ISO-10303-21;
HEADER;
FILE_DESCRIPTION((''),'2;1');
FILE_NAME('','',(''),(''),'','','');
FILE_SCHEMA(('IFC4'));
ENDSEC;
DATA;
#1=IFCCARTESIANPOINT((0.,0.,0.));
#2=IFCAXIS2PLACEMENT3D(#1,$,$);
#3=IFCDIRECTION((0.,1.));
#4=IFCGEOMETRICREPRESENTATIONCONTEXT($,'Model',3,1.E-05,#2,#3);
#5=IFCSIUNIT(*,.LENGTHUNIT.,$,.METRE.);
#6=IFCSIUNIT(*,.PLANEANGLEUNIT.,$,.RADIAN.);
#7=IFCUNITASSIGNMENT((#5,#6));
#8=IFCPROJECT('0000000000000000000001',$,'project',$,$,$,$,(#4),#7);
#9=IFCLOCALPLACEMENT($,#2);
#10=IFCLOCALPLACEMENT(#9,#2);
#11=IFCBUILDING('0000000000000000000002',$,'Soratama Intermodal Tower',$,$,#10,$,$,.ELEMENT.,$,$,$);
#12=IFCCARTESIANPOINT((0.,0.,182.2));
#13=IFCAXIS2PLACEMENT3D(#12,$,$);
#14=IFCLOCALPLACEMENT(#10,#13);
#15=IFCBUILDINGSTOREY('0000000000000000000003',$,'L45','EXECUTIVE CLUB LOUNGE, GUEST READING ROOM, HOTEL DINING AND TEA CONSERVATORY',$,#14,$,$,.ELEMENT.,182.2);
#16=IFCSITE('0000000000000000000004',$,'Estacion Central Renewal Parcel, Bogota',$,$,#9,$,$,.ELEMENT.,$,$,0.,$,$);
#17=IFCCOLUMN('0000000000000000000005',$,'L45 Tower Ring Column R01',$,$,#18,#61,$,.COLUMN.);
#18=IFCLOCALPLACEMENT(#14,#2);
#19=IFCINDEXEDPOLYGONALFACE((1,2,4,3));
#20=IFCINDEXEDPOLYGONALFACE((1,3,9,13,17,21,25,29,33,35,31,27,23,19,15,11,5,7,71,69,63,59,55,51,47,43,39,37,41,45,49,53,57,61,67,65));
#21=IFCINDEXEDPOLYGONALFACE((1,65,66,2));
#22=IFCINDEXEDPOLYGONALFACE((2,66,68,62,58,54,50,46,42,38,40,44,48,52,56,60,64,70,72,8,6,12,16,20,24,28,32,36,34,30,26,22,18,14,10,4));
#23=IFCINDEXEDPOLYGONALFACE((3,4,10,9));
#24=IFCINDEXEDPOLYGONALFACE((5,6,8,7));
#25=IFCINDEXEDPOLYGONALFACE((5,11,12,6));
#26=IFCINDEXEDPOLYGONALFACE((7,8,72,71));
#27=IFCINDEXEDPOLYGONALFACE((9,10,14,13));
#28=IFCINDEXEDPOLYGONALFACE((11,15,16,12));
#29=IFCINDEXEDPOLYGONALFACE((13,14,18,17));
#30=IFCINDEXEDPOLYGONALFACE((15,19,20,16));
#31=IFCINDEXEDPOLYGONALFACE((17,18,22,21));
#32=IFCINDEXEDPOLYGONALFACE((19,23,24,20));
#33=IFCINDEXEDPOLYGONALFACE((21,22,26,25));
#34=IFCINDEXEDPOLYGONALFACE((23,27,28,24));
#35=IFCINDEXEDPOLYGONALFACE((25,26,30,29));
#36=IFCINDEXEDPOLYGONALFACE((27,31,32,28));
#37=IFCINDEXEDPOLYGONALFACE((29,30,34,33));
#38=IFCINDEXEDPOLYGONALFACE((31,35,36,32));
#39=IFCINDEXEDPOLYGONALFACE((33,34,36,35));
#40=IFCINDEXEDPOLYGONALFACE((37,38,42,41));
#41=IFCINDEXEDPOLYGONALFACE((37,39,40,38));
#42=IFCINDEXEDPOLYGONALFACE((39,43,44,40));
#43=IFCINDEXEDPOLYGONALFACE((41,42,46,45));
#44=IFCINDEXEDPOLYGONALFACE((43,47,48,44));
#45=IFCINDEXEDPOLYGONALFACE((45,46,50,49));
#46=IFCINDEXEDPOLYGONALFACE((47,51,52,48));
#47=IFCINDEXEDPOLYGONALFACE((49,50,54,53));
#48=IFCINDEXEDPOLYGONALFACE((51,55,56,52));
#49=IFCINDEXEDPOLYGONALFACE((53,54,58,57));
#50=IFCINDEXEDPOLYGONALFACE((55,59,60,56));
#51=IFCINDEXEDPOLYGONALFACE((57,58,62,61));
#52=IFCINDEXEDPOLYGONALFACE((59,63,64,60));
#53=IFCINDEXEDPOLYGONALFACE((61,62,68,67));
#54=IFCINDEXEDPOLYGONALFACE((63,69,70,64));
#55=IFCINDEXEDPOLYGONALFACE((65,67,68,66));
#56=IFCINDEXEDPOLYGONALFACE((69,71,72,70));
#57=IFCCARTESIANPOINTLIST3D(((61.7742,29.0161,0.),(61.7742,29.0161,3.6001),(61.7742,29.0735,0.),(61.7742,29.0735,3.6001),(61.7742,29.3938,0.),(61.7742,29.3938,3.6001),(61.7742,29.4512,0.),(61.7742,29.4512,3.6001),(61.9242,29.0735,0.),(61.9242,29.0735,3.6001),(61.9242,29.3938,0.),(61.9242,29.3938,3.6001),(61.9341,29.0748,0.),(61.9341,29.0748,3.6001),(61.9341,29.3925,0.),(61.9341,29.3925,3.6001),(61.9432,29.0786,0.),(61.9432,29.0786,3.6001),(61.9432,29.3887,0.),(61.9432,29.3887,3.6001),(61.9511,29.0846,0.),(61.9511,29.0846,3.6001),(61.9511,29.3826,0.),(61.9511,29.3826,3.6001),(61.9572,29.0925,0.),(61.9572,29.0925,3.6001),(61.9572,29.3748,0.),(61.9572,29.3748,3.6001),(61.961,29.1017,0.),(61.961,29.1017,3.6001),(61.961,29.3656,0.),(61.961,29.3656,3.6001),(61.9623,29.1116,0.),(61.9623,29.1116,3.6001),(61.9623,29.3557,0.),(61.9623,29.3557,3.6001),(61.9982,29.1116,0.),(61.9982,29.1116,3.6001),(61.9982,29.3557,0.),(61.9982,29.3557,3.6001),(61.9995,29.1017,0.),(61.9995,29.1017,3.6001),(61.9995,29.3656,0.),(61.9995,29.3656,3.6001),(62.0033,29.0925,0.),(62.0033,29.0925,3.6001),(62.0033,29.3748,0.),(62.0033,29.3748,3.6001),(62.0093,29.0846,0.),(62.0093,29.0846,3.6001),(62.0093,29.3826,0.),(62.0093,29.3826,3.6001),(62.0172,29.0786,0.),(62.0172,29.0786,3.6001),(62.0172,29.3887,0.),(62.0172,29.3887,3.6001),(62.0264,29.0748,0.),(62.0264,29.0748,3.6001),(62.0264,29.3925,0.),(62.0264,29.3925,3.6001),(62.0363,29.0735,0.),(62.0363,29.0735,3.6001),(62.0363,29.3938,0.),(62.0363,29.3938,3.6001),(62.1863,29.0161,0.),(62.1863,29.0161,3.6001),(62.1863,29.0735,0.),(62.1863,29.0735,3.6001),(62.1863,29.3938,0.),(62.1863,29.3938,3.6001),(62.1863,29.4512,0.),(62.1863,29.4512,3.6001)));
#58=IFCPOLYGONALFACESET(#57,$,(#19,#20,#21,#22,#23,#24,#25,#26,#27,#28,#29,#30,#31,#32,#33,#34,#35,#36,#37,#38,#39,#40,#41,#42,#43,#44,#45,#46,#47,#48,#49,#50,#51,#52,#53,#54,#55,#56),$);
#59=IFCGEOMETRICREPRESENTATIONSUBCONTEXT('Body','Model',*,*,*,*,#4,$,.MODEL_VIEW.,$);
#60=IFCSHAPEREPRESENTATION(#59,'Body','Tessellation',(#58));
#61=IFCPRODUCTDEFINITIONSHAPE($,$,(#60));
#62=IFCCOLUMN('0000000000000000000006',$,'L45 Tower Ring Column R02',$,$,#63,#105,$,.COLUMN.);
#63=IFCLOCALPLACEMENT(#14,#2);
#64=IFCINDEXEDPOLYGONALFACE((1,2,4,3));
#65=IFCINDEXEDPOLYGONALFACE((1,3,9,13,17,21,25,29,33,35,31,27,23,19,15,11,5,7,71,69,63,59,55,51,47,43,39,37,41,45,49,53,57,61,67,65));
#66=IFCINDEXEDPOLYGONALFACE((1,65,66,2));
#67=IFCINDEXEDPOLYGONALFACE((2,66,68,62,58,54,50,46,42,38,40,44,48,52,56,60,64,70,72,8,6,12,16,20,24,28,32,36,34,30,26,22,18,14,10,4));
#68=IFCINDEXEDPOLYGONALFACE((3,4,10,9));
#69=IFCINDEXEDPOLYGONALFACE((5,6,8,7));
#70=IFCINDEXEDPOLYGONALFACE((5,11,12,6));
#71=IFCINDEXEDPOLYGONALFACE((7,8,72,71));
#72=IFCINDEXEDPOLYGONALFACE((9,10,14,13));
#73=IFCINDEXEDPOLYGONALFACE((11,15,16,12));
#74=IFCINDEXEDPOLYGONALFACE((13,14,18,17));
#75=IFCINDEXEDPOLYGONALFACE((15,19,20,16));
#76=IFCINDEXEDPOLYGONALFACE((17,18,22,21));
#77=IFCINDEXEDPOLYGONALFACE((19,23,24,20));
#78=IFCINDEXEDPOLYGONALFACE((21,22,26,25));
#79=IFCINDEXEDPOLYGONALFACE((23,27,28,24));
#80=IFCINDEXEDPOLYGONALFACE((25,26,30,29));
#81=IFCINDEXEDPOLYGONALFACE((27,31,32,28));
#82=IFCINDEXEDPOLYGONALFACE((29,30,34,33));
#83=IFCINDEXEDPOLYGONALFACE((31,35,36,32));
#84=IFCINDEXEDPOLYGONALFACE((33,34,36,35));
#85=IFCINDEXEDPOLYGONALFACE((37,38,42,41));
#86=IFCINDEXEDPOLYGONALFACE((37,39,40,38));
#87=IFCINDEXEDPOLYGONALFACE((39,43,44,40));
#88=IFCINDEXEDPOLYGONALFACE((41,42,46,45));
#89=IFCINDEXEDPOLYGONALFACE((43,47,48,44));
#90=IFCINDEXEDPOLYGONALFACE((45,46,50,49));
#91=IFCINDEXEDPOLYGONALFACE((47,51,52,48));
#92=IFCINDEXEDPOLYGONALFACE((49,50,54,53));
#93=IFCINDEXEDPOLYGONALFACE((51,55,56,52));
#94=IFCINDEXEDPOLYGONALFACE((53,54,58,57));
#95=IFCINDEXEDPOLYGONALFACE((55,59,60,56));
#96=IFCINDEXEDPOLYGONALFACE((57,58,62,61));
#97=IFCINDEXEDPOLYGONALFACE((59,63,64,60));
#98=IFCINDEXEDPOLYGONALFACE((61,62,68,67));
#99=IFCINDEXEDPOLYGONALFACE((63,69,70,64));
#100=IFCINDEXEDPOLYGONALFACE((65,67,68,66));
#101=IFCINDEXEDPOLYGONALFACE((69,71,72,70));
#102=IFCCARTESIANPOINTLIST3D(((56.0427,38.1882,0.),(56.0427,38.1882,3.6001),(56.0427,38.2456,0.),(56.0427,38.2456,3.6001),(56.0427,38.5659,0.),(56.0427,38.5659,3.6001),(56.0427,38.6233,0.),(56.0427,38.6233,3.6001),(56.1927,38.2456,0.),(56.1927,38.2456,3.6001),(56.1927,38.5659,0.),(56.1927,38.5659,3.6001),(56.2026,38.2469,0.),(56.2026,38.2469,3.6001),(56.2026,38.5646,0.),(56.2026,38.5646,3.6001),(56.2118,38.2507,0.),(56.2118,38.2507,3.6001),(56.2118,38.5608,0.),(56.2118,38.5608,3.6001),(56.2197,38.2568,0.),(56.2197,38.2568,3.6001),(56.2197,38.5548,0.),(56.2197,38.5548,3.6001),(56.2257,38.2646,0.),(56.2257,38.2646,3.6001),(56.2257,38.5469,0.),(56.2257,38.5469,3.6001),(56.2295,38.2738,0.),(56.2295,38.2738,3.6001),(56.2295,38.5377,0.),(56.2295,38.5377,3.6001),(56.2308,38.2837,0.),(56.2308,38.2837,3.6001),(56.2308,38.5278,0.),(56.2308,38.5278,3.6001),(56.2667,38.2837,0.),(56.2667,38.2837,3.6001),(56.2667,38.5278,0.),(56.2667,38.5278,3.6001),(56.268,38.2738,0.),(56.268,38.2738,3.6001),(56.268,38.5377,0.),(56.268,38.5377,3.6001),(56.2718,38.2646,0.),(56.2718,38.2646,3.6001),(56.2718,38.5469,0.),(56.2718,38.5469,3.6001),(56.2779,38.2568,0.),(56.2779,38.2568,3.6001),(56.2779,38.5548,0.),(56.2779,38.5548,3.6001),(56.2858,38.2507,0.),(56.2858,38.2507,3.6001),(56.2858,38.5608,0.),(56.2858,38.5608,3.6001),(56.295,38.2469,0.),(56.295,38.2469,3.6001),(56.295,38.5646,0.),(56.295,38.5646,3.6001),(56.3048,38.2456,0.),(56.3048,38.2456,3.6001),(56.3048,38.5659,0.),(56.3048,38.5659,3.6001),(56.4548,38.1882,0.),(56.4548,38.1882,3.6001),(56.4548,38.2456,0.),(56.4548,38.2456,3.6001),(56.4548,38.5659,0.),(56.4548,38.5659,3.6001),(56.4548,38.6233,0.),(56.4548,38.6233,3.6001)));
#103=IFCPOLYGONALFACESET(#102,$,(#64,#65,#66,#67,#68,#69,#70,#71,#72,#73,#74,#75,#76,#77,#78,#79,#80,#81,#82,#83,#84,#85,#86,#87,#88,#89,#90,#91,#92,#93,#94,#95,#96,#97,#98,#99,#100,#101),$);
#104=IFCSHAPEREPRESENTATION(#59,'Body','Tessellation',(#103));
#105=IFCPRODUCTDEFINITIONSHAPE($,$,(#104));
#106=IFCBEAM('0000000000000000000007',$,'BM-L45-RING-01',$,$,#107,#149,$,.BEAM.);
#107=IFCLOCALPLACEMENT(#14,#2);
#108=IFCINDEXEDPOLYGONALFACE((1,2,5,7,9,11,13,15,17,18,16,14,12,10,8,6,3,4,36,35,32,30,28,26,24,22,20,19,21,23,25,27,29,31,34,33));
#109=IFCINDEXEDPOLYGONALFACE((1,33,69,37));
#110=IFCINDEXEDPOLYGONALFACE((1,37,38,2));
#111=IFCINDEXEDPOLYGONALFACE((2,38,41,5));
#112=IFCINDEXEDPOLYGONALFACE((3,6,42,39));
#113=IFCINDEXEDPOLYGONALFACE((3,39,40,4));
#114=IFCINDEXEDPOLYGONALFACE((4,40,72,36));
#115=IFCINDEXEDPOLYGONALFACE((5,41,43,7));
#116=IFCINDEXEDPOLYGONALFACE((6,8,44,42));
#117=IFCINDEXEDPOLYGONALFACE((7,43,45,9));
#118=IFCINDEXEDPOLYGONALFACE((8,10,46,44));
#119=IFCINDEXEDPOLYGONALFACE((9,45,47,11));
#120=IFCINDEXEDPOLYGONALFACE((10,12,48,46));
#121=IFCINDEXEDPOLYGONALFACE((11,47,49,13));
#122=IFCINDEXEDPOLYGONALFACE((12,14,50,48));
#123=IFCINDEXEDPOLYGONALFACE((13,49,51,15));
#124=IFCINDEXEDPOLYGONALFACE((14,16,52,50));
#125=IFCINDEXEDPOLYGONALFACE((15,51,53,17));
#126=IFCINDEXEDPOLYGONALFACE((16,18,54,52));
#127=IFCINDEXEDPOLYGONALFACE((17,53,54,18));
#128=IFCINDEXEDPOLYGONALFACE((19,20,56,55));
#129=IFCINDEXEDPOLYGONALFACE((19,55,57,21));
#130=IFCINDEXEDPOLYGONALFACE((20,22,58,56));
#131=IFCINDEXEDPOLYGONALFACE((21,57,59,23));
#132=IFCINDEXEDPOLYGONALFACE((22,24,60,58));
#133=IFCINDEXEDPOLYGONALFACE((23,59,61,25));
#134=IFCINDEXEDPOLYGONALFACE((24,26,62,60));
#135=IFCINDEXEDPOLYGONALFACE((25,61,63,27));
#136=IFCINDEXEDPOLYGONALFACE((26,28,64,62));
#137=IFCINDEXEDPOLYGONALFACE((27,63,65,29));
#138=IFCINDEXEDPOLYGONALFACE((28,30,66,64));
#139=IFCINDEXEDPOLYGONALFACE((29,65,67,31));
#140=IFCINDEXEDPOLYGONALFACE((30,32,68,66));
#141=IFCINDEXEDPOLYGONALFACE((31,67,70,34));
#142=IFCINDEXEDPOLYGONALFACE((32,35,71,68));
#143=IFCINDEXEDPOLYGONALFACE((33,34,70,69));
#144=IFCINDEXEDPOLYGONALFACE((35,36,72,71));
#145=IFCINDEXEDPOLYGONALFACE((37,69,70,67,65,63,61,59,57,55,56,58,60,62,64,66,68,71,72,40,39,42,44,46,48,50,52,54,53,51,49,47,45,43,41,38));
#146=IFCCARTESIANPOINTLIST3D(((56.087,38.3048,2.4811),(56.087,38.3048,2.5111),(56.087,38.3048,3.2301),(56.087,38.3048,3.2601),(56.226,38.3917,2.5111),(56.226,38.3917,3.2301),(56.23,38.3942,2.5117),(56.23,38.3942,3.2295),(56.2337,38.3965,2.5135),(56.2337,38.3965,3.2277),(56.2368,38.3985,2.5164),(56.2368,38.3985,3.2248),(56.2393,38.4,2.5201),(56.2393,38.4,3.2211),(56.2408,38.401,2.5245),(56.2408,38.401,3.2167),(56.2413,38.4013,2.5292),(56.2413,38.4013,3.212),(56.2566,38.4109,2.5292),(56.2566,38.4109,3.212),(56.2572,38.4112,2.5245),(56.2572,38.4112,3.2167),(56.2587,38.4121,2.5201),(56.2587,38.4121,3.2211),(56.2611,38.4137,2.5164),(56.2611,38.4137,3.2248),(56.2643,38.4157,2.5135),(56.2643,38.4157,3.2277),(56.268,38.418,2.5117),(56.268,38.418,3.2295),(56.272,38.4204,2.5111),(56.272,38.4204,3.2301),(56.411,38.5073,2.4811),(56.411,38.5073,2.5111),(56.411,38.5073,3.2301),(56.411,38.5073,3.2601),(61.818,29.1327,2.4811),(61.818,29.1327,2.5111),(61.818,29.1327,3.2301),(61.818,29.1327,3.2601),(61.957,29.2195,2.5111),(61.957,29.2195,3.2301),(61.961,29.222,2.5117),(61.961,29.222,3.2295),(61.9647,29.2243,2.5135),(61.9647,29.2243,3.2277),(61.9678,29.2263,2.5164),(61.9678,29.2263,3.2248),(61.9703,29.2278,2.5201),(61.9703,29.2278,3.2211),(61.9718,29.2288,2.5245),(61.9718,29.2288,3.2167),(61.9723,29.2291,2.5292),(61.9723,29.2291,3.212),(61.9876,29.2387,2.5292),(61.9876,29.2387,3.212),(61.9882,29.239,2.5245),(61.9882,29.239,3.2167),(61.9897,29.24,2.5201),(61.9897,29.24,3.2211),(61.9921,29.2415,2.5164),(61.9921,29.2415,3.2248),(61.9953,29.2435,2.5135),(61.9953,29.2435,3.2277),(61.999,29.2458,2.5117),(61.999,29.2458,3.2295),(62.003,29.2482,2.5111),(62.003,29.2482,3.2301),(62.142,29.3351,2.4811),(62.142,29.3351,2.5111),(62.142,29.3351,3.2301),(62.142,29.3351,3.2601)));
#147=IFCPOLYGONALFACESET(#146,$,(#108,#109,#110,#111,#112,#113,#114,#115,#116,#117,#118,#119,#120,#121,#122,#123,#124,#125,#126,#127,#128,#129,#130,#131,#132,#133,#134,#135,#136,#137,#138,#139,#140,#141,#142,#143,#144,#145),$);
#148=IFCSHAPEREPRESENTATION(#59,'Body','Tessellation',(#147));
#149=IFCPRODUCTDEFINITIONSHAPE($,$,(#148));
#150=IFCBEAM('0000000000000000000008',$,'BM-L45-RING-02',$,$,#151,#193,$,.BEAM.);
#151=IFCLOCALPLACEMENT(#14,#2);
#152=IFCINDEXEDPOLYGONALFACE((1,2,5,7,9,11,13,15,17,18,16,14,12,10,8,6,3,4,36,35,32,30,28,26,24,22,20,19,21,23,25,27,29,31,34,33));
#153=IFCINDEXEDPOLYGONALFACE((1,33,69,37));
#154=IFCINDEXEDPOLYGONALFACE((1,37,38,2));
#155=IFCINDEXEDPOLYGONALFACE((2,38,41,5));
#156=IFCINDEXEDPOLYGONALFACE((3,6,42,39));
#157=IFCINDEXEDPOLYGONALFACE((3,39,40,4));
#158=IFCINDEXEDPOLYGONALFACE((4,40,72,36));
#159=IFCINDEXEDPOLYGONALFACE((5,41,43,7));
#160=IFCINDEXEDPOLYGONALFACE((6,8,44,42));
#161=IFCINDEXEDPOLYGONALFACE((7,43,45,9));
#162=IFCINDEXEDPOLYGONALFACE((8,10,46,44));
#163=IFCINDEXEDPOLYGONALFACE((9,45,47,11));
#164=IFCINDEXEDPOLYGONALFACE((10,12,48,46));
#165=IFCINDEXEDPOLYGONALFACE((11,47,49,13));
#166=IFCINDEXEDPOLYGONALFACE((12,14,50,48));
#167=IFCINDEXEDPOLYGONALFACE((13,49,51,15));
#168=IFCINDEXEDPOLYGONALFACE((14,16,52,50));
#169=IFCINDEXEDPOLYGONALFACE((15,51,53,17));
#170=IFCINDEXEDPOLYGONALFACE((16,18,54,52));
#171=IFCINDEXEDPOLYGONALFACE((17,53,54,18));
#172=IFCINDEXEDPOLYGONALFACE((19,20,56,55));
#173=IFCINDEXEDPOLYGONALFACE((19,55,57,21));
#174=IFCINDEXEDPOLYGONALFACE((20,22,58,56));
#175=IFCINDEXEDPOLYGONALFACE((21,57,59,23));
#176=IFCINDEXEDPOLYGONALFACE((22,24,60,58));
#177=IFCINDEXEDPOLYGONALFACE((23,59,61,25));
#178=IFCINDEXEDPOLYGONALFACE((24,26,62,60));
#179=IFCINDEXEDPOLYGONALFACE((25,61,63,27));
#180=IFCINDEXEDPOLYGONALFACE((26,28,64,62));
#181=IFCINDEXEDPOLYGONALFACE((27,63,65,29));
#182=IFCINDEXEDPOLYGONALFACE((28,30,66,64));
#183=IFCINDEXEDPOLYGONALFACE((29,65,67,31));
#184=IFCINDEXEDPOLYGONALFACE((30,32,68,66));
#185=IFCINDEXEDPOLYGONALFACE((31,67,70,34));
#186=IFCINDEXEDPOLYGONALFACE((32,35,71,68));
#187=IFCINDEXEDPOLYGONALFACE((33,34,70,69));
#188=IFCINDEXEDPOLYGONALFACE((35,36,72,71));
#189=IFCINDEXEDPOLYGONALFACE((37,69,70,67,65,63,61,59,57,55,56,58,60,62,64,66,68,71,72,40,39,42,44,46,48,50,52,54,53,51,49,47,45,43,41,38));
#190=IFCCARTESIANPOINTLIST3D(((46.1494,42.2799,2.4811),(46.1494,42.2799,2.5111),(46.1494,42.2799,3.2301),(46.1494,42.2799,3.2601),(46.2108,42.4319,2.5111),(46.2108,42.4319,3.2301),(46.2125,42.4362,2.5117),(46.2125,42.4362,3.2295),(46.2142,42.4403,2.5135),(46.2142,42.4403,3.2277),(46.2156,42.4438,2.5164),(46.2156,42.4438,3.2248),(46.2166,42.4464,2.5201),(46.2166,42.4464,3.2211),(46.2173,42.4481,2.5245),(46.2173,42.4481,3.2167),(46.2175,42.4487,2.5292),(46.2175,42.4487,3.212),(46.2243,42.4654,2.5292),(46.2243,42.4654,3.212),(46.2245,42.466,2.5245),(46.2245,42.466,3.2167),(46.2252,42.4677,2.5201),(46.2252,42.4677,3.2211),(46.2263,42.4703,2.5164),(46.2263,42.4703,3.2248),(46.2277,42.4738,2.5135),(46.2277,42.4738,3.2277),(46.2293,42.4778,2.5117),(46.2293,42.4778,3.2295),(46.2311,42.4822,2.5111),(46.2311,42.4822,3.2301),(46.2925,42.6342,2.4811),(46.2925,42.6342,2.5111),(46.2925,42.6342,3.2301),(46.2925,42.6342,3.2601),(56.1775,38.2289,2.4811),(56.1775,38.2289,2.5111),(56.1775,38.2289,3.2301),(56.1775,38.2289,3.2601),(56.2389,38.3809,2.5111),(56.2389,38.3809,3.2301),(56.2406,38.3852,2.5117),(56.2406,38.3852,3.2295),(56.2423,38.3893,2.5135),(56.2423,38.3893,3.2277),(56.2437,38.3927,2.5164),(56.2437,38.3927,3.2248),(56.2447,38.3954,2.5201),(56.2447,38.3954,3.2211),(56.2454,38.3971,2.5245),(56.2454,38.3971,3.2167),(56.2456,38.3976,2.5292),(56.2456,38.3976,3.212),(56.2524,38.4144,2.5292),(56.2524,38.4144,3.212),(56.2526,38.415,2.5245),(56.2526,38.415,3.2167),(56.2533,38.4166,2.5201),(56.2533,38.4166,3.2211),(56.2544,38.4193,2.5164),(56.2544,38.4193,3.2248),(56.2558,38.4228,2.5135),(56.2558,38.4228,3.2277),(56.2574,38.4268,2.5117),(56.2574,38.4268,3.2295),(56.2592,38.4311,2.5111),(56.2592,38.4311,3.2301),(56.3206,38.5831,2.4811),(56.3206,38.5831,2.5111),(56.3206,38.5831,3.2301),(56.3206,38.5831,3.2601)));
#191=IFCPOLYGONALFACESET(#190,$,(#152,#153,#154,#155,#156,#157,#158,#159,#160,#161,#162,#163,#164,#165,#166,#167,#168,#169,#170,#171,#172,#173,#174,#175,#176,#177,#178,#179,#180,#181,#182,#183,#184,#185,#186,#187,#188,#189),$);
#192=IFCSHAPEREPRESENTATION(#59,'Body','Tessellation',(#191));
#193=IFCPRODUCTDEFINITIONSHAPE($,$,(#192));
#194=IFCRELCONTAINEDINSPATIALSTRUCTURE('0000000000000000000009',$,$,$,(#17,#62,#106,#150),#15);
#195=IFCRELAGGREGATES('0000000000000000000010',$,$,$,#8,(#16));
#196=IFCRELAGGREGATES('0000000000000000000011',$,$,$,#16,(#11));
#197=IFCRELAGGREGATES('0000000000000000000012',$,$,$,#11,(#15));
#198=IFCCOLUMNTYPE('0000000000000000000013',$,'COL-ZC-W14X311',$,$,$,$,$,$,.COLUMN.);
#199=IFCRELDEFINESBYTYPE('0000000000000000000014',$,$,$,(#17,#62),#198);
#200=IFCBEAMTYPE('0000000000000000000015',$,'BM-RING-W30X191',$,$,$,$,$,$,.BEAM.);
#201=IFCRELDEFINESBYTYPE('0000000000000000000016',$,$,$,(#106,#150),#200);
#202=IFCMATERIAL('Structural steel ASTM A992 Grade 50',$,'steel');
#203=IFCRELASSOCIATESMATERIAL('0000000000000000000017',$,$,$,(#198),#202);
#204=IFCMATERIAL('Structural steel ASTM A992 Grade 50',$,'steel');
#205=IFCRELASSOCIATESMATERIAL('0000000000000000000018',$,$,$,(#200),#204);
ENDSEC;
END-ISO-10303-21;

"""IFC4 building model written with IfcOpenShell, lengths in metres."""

from ifc_helpers import new_model, si_unit, direction, frame, origin, origin_2d, place, context, subcontext, project, spatial, i_section, extrude, material, material_profile, profile_set, type_object, element, save


model = new_model("IFC4")

# Units and contexts
model_context = context("Model", 3, precision=1e-05, world=origin(), true_north=direction((0.0, 1.0)))
body_context = subcontext(model_context, "Body", "Model", "MODEL_VIEW")
ifc_project = project(units=[si_unit("LENGTHUNIT", "METRE"), si_unit("PLANEANGLEUNIT", "RADIAN")], contexts=[model_context])

# Site, building, storey
site_placement = place(None, origin())
site = spatial("IfcSite", under=ifc_project, at=site_placement, Name="Estacion Central Renewal Parcel, Bogota", CompositionType="ELEMENT", RefElevation=0.0)
building_placement = place(site_placement, origin())
building = spatial("IfcBuilding", under=site, at=building_placement, Name="Soratama Intermodal Tower", CompositionType="ELEMENT")
storey_placement = place(building_placement, frame((0.0, 0.0, 182.2)))
storey = spatial("IfcBuildingStorey", under=building, at=storey_placement, Name="L45", Description="EXECUTIVE CLUB LOUNGE, GUEST READING ROOM, HOTEL DINING AND TEA CONSERVATORY", CompositionType="ELEMENT", Elevation=182.2)

# Columns
ifc_material_1 = material(Name="Structural steel ASTM A992 Grade 50", Category="steel")
ifc_material_profile_1 = material_profile(ifc_material_1, i_section(OverallWidth=0.4121, OverallDepth=0.4351, WebThickness=0.0359, FlangeThickness=0.0574, FilletRadius=0.0381, at=origin_2d()), Name="W14X311")
ifc_profile_set_1 = profile_set([ifc_material_profile_1], Name="Structural steel ASTM A992 Grade 50")
column_type = type_object("IfcColumnType", Name="COL-ZC-W14X311", PredefinedType="COLUMN", material=ifc_profile_set_1)
for number, where, z_axis, x_axis, name in (
    (1, (61.9802, 29.2336, 0.0), (0.0, 0.0, 1.0), (1.0, 0.0, 0.0), "L45 Tower Ring Column R01"),
    (2, (56.2488, 38.4058, 0.0), (0.0, 0.0, 1.0), (1.0, 0.0, 0.0), "L45 Tower Ring Column R02"),
):
    element("IfcColumn", number, at=place(storey_placement, frame(where, z_axis=z_axis, x_axis=x_axis)), inside=storey, type_object=column_type, Name=name, PredefinedType="COLUMN", context=body_context, shape_type="SweptSolid", body=[
        extrude(i_section(OverallWidth=0.4121, OverallDepth=0.4351, WebThickness=0.0359, FlangeThickness=0.0574, FilletRadius=0.0381, at=origin_2d()), origin(), (0.0, 0.0, 1.0), 3.6001),
    ])

# Beams
ifc_material_2 = material(Name="Structural steel ASTM A992 Grade 50", Category="steel")
ifc_material_profile_2 = material_profile(ifc_material_2, i_section(OverallWidth=0.3821, OverallDepth=0.7791, WebThickness=0.0181, FlangeThickness=0.03, FilletRadius=0.0181, at=origin_2d()), Name="W30X191")
ifc_profile_set_2 = profile_set([ifc_material_profile_2], Name="Structural steel ASTM A992 Grade 50")
beam_type_1 = type_object("IfcBeamType", Name="BM-RING-W30X191", PredefinedType="BEAM", material=ifc_profile_set_2)
for number, where, z_axis, x_axis, name in (
    (3, (61.98, 29.2339, 2.8706), (-0.529891, 0.848066, 0.0), (-0.848066, -0.529891, 0.0), "BM-L45-RING-01"),
    (4, (56.249, 38.406, 2.8706), (-0.927202, 0.37456, 0.0), (-0.37456, -0.927202, 0.0), "BM-L45-RING-02"),
):
    element("IfcBeam", number, at=place(storey_placement, frame(where, z_axis=z_axis, x_axis=x_axis)), inside=storey, type_object=beam_type_1, Name=name, PredefinedType="BEAM", context=body_context, shape_type="SweptSolid", body=[
        extrude(i_section(OverallWidth=0.3821, OverallDepth=0.7791, WebThickness=0.0181, FlangeThickness=0.03, FilletRadius=0.0181, at=origin_2d()), origin(), (0.0, 0.0, 1.0), 10.8154),
    ])

save(model, "model.ifc")
